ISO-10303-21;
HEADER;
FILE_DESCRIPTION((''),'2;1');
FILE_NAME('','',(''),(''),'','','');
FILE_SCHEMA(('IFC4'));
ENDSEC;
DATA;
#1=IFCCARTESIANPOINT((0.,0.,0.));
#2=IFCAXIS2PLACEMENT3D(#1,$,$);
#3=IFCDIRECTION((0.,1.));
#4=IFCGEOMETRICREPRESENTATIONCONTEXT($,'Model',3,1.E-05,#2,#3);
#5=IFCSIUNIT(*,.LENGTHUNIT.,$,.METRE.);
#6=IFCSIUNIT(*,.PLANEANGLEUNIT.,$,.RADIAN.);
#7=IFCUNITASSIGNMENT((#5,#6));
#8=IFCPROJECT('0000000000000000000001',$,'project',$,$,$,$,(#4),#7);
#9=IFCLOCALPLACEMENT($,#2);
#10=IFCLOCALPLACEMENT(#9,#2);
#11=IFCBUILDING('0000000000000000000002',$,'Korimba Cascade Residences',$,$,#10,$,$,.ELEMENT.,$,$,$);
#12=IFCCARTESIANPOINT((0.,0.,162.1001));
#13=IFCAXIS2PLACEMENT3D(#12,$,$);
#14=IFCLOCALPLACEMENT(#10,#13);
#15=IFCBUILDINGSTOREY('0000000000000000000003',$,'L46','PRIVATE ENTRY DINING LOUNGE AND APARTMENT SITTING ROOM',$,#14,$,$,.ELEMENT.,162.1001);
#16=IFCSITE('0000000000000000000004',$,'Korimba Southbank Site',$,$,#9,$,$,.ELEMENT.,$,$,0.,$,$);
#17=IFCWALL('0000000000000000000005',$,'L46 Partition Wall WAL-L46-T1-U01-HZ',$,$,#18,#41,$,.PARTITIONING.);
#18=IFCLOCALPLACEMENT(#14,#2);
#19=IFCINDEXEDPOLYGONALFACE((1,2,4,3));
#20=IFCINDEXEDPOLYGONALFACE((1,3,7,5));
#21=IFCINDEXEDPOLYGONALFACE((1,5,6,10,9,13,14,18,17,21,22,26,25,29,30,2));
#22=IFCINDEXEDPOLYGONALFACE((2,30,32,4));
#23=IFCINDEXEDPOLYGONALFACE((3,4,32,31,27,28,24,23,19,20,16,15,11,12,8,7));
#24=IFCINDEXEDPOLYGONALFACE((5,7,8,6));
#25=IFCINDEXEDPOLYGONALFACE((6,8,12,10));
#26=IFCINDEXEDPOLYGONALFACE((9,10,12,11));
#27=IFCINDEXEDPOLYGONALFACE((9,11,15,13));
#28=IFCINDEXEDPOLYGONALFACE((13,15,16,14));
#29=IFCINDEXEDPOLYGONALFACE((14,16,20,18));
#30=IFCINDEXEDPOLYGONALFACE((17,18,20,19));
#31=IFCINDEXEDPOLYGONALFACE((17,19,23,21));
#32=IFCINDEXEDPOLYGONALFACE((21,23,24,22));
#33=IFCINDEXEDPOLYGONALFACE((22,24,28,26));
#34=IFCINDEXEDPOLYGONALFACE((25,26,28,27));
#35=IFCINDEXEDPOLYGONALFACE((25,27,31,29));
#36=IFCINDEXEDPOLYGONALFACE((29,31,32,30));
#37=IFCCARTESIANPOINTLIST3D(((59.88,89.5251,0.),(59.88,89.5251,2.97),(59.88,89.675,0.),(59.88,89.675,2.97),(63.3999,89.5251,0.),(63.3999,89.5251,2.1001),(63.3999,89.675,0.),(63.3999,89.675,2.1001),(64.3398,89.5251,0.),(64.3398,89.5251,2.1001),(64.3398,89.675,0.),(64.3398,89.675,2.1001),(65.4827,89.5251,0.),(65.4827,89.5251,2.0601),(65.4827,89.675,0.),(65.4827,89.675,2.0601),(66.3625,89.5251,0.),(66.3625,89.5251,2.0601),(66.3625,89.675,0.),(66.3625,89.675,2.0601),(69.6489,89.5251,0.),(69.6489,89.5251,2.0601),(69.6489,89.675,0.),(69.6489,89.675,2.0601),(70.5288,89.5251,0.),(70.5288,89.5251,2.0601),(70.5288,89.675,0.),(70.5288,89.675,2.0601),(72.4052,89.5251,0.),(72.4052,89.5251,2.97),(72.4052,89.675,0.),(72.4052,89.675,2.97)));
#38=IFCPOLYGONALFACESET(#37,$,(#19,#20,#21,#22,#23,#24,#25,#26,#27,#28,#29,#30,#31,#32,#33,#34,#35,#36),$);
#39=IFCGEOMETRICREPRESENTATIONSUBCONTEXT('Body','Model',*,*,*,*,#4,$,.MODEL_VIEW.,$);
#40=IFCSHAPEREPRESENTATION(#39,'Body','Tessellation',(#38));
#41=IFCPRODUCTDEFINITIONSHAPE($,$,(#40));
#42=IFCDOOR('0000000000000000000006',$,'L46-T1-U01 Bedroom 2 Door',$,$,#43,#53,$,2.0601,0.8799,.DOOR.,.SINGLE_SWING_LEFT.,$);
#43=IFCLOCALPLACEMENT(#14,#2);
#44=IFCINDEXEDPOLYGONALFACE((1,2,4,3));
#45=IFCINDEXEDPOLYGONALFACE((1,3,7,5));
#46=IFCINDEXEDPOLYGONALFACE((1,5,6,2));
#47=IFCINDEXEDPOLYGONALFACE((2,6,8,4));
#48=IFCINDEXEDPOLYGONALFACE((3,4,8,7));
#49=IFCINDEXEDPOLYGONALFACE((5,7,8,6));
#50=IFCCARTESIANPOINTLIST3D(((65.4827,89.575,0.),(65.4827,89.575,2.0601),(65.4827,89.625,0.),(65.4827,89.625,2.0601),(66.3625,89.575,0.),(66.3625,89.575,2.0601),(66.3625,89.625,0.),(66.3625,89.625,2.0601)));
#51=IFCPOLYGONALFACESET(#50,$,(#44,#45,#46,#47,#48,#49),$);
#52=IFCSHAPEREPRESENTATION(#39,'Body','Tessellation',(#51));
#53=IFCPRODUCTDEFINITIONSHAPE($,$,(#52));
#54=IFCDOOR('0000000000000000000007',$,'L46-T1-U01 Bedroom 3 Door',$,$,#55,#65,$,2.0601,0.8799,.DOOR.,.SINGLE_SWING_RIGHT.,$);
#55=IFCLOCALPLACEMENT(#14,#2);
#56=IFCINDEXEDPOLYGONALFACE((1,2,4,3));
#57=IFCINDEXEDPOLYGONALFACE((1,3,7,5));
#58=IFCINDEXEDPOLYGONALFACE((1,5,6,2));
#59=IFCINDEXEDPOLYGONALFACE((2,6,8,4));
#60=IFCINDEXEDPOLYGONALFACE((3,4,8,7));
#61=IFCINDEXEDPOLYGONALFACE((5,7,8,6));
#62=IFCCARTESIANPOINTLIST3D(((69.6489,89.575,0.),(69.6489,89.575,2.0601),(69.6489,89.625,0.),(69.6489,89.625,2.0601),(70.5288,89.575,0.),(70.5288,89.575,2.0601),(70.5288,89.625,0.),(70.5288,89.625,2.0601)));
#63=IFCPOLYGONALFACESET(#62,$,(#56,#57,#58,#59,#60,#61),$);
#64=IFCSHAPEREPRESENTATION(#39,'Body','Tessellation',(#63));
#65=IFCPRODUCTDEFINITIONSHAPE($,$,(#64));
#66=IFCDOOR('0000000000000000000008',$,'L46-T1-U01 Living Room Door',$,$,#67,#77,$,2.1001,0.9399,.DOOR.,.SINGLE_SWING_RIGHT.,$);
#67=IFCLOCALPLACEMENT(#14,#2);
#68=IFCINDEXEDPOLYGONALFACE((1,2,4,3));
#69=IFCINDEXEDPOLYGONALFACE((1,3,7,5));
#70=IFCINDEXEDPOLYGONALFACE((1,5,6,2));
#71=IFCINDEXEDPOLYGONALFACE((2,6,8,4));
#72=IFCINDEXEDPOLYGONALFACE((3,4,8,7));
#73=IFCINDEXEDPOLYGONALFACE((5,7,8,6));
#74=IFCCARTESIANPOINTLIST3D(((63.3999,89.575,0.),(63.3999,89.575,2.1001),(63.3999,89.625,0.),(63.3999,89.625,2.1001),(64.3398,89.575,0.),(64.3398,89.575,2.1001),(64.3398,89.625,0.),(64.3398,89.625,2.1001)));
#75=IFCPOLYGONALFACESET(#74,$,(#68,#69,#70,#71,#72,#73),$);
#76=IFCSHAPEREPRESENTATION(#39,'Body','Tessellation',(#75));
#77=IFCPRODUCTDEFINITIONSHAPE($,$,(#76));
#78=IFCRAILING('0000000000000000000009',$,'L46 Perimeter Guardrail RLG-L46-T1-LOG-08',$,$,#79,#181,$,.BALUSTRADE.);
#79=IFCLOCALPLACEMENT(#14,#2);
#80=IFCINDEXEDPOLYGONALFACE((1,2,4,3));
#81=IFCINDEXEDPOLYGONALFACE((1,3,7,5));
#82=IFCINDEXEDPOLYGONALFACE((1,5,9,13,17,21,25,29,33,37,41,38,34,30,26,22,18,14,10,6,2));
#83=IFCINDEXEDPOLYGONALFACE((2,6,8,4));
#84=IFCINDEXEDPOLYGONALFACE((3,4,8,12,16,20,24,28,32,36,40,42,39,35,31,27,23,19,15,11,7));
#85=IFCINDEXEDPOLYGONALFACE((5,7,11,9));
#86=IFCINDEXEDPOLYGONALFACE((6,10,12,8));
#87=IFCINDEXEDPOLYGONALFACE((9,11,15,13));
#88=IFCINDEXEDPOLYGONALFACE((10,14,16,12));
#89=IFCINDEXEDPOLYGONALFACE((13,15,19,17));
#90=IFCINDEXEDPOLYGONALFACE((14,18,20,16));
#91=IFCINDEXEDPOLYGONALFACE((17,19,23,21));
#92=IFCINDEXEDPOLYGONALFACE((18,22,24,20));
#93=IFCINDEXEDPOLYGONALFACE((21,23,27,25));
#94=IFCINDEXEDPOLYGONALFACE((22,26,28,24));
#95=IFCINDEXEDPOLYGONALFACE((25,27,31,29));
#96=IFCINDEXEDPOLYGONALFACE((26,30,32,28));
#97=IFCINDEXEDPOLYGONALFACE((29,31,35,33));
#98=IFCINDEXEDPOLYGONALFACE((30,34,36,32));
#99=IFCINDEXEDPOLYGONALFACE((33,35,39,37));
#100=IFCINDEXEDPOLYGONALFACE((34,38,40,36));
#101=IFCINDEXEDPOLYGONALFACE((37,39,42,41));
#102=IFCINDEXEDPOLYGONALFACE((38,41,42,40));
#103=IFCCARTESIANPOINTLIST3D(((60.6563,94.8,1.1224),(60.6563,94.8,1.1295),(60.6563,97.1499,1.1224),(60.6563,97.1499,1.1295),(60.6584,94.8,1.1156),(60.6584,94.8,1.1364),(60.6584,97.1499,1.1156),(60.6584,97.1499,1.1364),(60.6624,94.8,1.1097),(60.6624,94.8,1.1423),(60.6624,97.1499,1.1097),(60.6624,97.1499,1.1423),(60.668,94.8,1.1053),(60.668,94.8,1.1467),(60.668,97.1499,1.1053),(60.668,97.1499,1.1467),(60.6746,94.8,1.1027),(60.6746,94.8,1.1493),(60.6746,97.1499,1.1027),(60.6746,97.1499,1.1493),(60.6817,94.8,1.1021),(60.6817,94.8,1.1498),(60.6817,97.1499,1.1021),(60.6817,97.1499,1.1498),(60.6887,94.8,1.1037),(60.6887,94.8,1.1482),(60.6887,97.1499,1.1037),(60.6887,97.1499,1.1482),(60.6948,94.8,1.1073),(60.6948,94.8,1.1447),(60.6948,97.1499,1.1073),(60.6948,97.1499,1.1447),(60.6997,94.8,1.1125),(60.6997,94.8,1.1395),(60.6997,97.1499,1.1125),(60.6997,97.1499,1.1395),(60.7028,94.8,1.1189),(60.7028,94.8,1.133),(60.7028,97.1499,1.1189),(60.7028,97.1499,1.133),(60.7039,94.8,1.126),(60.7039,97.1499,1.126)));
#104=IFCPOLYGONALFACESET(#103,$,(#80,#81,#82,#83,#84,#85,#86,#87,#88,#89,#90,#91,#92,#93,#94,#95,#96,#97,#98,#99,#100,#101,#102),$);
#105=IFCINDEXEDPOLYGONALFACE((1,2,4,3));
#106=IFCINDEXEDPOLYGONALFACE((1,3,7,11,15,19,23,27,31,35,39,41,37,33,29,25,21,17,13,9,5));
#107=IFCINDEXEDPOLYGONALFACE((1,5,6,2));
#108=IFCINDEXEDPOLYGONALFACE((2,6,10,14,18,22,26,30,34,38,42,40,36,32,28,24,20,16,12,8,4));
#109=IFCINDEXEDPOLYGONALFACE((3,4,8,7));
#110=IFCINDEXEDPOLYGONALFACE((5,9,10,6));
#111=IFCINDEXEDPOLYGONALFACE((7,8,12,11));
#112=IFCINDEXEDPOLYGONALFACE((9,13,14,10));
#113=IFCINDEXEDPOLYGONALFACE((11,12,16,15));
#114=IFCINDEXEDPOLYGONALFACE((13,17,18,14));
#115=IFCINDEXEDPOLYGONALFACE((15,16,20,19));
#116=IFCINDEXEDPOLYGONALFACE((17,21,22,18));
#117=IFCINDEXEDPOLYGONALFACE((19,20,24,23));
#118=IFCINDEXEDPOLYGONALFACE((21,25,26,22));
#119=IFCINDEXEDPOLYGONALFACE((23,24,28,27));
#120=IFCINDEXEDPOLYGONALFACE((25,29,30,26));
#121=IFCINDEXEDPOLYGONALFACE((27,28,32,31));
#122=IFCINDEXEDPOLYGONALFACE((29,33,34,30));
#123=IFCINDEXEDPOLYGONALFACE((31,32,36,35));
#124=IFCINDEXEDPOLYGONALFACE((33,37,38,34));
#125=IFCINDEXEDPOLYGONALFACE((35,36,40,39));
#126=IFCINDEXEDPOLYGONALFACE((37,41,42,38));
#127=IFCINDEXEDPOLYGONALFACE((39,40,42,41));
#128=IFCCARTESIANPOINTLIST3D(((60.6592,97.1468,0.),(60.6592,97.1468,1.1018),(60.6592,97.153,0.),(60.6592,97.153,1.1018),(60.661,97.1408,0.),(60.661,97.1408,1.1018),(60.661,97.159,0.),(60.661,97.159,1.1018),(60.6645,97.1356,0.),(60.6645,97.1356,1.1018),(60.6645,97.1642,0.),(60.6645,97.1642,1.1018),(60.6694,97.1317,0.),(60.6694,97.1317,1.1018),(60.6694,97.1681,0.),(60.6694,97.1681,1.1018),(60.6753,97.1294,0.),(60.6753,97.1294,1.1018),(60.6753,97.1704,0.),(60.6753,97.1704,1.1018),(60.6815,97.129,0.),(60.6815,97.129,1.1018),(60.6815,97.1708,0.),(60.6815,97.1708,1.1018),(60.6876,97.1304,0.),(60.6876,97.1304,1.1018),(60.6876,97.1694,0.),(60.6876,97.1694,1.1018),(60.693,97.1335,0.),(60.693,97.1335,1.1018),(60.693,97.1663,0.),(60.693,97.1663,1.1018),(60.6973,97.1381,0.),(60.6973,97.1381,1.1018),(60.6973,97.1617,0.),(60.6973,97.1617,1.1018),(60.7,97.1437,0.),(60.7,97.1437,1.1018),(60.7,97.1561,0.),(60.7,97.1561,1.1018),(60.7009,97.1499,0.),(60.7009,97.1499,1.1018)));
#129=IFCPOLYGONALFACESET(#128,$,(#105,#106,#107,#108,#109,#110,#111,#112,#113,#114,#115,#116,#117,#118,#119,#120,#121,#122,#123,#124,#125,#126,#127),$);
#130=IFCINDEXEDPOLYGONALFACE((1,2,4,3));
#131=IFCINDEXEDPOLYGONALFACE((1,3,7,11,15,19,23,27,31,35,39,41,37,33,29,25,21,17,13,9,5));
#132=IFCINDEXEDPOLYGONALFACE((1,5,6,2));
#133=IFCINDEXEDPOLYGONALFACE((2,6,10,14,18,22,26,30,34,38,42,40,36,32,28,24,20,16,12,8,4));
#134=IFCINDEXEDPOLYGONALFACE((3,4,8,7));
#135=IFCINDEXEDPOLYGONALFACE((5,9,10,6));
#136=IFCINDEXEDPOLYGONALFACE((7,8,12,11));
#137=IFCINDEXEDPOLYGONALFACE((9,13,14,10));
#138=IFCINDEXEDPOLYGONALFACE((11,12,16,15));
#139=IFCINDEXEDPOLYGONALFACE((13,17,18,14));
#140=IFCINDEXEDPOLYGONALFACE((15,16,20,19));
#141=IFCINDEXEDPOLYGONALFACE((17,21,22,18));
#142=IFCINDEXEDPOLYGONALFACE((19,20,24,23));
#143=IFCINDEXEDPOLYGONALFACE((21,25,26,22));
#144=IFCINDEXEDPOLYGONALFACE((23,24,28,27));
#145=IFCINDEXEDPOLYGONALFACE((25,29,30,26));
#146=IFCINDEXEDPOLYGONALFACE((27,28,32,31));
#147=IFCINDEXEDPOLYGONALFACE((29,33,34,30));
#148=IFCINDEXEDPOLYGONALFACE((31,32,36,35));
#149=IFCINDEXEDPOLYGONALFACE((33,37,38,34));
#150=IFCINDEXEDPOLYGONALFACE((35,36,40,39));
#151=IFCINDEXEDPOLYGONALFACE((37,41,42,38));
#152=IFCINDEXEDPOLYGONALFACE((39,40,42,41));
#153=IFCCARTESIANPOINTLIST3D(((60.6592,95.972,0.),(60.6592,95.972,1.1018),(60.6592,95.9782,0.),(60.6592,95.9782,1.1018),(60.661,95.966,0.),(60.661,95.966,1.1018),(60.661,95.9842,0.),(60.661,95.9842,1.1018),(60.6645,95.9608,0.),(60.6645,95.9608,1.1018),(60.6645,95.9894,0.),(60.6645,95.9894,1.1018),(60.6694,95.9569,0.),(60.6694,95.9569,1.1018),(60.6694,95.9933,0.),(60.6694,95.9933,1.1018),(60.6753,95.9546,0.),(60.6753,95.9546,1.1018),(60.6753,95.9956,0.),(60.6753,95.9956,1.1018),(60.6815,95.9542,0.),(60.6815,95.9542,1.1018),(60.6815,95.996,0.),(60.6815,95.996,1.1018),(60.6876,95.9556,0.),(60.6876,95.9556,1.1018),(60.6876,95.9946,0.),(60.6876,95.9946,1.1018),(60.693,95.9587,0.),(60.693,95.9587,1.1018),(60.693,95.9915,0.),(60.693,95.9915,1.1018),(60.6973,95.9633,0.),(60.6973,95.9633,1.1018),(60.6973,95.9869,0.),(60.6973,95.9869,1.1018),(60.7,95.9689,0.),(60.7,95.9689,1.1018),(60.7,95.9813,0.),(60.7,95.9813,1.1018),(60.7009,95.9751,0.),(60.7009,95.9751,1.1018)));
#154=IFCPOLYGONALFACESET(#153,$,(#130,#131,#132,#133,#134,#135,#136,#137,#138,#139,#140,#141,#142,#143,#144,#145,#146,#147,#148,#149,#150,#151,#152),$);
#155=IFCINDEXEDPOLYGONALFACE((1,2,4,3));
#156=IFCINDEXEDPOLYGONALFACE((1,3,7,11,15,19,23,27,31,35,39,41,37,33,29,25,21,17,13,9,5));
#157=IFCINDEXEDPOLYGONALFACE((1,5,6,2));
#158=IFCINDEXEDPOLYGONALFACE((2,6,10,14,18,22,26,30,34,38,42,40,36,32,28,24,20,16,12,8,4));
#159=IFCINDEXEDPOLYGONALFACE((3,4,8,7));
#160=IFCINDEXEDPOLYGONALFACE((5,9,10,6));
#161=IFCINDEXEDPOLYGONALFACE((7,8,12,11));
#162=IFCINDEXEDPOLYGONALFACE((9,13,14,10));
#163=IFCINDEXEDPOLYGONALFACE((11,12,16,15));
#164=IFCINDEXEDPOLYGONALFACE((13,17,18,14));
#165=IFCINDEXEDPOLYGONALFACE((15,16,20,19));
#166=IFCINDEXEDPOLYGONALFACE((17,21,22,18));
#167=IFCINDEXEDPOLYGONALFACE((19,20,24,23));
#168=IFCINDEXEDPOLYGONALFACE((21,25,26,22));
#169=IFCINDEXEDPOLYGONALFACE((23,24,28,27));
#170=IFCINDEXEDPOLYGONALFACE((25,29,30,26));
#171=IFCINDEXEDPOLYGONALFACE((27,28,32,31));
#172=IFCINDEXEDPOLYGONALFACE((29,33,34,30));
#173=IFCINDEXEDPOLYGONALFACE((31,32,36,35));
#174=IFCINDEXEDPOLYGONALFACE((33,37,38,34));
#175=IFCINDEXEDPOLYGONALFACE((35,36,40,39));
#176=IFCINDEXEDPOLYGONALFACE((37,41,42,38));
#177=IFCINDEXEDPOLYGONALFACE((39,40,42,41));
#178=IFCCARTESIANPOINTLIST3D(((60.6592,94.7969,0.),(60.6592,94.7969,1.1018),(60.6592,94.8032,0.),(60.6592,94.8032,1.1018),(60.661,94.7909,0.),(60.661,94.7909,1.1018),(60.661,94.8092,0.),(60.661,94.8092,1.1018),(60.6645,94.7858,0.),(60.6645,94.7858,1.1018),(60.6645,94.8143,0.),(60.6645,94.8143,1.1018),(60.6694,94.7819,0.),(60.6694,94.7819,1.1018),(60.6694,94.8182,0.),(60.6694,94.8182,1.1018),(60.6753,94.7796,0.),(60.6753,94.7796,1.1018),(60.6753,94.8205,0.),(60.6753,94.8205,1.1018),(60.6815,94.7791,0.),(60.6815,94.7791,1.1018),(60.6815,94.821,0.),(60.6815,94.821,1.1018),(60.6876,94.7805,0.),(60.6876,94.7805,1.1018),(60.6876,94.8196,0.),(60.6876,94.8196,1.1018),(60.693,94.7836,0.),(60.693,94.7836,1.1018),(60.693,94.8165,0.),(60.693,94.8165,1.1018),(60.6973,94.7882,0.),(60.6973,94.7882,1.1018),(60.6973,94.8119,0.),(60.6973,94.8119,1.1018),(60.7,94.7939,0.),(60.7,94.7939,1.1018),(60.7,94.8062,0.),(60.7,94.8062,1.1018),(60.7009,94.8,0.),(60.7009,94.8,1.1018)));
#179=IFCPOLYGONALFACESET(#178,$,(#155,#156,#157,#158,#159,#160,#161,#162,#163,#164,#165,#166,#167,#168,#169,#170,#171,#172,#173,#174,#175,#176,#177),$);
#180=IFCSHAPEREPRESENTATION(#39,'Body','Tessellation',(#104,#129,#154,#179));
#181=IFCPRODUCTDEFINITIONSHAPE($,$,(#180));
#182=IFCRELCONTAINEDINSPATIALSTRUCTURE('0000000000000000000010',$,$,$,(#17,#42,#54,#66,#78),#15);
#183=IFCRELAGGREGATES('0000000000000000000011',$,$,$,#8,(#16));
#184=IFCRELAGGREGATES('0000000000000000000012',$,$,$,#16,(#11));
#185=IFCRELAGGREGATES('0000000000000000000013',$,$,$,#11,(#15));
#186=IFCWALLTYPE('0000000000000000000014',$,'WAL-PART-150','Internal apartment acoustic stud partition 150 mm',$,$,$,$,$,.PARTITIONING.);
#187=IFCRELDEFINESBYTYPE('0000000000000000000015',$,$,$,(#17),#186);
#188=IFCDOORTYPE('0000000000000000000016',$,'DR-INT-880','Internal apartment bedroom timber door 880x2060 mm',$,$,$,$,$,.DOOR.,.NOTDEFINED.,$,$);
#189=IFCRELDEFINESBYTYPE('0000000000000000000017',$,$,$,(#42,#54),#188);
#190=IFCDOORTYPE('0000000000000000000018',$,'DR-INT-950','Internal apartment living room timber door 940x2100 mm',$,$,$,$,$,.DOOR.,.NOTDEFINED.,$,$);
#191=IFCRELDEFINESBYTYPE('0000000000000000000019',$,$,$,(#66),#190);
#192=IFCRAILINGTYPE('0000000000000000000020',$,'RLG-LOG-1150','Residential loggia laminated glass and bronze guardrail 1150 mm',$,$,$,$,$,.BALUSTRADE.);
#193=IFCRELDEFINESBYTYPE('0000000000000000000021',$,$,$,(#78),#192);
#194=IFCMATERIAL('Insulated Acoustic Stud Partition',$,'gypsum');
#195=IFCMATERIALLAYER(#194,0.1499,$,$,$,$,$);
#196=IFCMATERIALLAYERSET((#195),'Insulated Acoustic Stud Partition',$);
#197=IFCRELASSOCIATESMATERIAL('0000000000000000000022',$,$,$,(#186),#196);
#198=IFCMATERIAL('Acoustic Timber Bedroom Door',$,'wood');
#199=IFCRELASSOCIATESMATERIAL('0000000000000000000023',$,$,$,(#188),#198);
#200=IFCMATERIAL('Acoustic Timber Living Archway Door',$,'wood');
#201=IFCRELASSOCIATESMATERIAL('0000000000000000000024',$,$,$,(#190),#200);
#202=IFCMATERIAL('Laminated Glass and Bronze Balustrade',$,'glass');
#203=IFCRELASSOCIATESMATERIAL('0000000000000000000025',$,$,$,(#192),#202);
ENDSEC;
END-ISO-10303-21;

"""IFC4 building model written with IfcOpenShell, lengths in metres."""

from ifc_helpers import new_model, si_unit, direction, frame, frame_2d, origin, origin_2d, place, context, subcontext, project, spatial, rectangle, circle, extrude, material, layer, layer_set, type_object, element, fill, save


model = new_model("IFC4")

# Units and contexts
model_context = context("Model", 3, precision=1e-05, world=origin(), true_north=direction((0.0, 1.0)))
body_context = subcontext(model_context, "Body", "Model", "MODEL_VIEW")
ifc_project = project(units=[si_unit("LENGTHUNIT", "METRE"), si_unit("PLANEANGLEUNIT", "RADIAN")], contexts=[model_context])

# Site, building, storey
site_placement = place(None, origin())
site = spatial("IfcSite", under=ifc_project, at=site_placement, Name="Korimba Southbank Site", CompositionType="ELEMENT", RefElevation=0.0)
building_placement = place(site_placement, origin())
building = spatial("IfcBuilding", under=site, at=building_placement, Name="Korimba Cascade Residences", CompositionType="ELEMENT")
storey_placement = place(building_placement, frame((0.0, 0.0, 162.1001)))
storey = spatial("IfcBuildingStorey", under=building, at=storey_placement, Name="L46", Description="PRIVATE ENTRY DINING LOUNGE AND APARTMENT SITTING ROOM", CompositionType="ELEMENT", Elevation=162.1001)

# Shared definitions
ifc_material_1 = material(Name="Insulated Acoustic Stud Partition", Category="gypsum")
ifc_layer_1 = layer(ifc_material_1, 0.1499)
ifc_layer_set_1 = layer_set([ifc_layer_1], Name="Insulated Acoustic Stud Partition")
wall_type_1 = type_object("IfcWallType", Name="WAL-PART-150", Description="Internal apartment acoustic stud partition 150 mm", PredefinedType="PARTITIONING", material=ifc_layer_set_1)

# Wall, openings, doors
wall_1_placement = place(storey_placement, frame((59.8799, 89.6001, 0.0), z_axis=(0.0, 0.0, 1.0), x_axis=(1.0, 0.0, 0.0)))
wall_1 = element("IfcWall", 1, at=wall_1_placement, inside=storey, type_object=wall_type_1, Name="L46 Partition Wall WAL-L46-T1-U01-HZ", PredefinedType="PARTITIONING", context=body_context, shape_type="SweptSolid", body=[
    extrude(rectangle(XDim=12.5251, YDim=0.1499, at=frame_2d((6.2627, 0.0))), origin(), (0.0, 0.0, 1.0), 2.97),
])
opening_1_placement = place(wall_1_placement, frame((3.52, 0.0, 0.0)))
opening_1 = element("IfcOpeningElement", 2, at=opening_1_placement, cuts=wall_1, PredefinedType="OPENING", context=body_context, shape_type="SweptSolid", body=[
    extrude(rectangle(XDim=0.9399, YDim=2.1001, at=frame_2d((0.47, 1.05))), frame((0.0, 0.085, 0.0), z_axis=(0.0, -1.0, 0.0), x_axis=(1.0, 0.0, 0.0)), (0.0, 0.0, 1.0), 0.1699),
])
opening_2_placement = place(wall_1_placement, frame((5.6028, 0.0, 0.0)))
opening_2 = element("IfcOpeningElement", 3, at=opening_2_placement, cuts=wall_1, PredefinedType="OPENING", context=body_context, shape_type="SweptSolid", body=[
    extrude(rectangle(XDim=0.8799, YDim=2.0601, at=frame_2d((0.4399, 1.03))), frame((0.0, 0.085, 0.0), z_axis=(0.0, -1.0, 0.0), x_axis=(1.0, 0.0, 0.0)), (0.0, 0.0, 1.0), 0.1699),
])
opening_3_placement = place(wall_1_placement, frame((9.769, 0.0, 0.0)))
opening_3 = element("IfcOpeningElement", 4, at=opening_3_placement, cuts=wall_1, PredefinedType="OPENING", context=body_context, shape_type="SweptSolid", body=[
    extrude(rectangle(XDim=0.8799, YDim=2.0601, at=frame_2d((0.4399, 1.03))), frame((0.0, 0.085, 0.0), z_axis=(0.0, -1.0, 0.0), x_axis=(1.0, 0.0, 0.0)), (0.0, 0.0, 1.0), 0.1699),
])
ifc_material_2 = material(Name="Acoustic Timber Bedroom Door", Category="wood")
door_type_1 = type_object("IfcDoorType", Name="DR-INT-880", Description="Internal apartment bedroom timber door 880x2060 mm", OperationType="NOTDEFINED", PredefinedType="DOOR", material=ifc_material_2)
door_1_placement = place(opening_2_placement, origin())
door_1 = element("IfcDoor", 5, at=door_1_placement, inside=storey, type_object=door_type_1, Name="L46-T1-U01 Bedroom 2 Door", OperationType="SINGLE_SWING_LEFT", OverallHeight=2.0601, OverallWidth=0.8799, PredefinedType="DOOR", context=body_context, shape_type="SweptSolid", body=[
    extrude(rectangle(XDim=0.8799, YDim=2.0601, at=frame_2d((0.4399, 1.03))), frame((0.0, 0.0249, 0.0), z_axis=(0.0, -1.0, 0.0), x_axis=(1.0, 0.0, 0.0)), (0.0, 0.0, 1.0), 0.05),
])
fill(opening_2, door_1)
door_2_placement = place(opening_3_placement, origin())
door_2 = element("IfcDoor", 6, at=door_2_placement, inside=storey, type_object=door_type_1, Name="L46-T1-U01 Bedroom 3 Door", OperationType="SINGLE_SWING_RIGHT", OverallHeight=2.0601, OverallWidth=0.8799, PredefinedType="DOOR", context=body_context, shape_type="SweptSolid", body=[
    extrude(rectangle(XDim=0.8799, YDim=2.0601, at=frame_2d((0.4399, 1.03))), frame((0.0, 0.0249, 0.0), z_axis=(0.0, -1.0, 0.0), x_axis=(1.0, 0.0, 0.0)), (0.0, 0.0, 1.0), 0.05),
])
fill(opening_3, door_2)
ifc_material_3 = material(Name="Acoustic Timber Living Archway Door", Category="wood")
door_type_2 = type_object("IfcDoorType", Name="DR-INT-950", Description="Internal apartment living room timber door 940x2100 mm", OperationType="NOTDEFINED", PredefinedType="DOOR", material=ifc_material_3)
door_3_placement = place(opening_1_placement, origin())
door_3 = element("IfcDoor", 7, at=door_3_placement, inside=storey, type_object=door_type_2, Name="L46-T1-U01 Living Room Door", OperationType="SINGLE_SWING_RIGHT", OverallHeight=2.1001, OverallWidth=0.9399, PredefinedType="DOOR", context=body_context, shape_type="SweptSolid", body=[
    extrude(rectangle(XDim=0.9399, YDim=2.1001, at=frame_2d((0.47, 1.05))), frame((0.0, 0.0249, 0.0), z_axis=(0.0, -1.0, 0.0), x_axis=(1.0, 0.0, 0.0)), (0.0, 0.0, 1.0), 0.05),
])
fill(opening_1, door_3)

# Railing
ifc_material_4 = material(Name="Laminated Glass and Bronze Balustrade", Category="glass")
railing_type = type_object("IfcRailingType", Name="RLG-LOG-1150", Description="Residential loggia laminated glass and bronze guardrail 1150 mm", PredefinedType="BALUSTRADE", material=ifc_material_4)
railing_placement = place(storey_placement, frame((60.6799, 97.1499, 0.0)))
element("IfcRailing", 8, at=railing_placement, inside=storey, type_object=railing_type, Name="L46 Perimeter Guardrail RLG-L46-T1-LOG-08", PredefinedType="BALUSTRADE", context=body_context, shape_type="SweptSolid", body=[
    extrude(circle(Radius=0.0239, at=origin_2d()), frame((0.0, 0.0, 1.126), z_axis=(0.0, -1.0, 0.0), x_axis=(1.0, 0.0, 0.0)), (0.0, 0.0, 1.0), 2.3499),
    extrude(circle(Radius=0.021, at=origin_2d()), origin(), (0.0, 0.0, 1.0), 1.1018),
    extrude(circle(Radius=0.021, at=origin_2d()), frame((0.0, -1.1748, 0.0)), (0.0, 0.0, 1.0), 1.1018),
    extrude(circle(Radius=0.021, at=origin_2d()), frame((0.0, -2.3499, 0.0)), (0.0, 0.0, 1.0), 1.1018),
])

save(model, "model.ifc")
